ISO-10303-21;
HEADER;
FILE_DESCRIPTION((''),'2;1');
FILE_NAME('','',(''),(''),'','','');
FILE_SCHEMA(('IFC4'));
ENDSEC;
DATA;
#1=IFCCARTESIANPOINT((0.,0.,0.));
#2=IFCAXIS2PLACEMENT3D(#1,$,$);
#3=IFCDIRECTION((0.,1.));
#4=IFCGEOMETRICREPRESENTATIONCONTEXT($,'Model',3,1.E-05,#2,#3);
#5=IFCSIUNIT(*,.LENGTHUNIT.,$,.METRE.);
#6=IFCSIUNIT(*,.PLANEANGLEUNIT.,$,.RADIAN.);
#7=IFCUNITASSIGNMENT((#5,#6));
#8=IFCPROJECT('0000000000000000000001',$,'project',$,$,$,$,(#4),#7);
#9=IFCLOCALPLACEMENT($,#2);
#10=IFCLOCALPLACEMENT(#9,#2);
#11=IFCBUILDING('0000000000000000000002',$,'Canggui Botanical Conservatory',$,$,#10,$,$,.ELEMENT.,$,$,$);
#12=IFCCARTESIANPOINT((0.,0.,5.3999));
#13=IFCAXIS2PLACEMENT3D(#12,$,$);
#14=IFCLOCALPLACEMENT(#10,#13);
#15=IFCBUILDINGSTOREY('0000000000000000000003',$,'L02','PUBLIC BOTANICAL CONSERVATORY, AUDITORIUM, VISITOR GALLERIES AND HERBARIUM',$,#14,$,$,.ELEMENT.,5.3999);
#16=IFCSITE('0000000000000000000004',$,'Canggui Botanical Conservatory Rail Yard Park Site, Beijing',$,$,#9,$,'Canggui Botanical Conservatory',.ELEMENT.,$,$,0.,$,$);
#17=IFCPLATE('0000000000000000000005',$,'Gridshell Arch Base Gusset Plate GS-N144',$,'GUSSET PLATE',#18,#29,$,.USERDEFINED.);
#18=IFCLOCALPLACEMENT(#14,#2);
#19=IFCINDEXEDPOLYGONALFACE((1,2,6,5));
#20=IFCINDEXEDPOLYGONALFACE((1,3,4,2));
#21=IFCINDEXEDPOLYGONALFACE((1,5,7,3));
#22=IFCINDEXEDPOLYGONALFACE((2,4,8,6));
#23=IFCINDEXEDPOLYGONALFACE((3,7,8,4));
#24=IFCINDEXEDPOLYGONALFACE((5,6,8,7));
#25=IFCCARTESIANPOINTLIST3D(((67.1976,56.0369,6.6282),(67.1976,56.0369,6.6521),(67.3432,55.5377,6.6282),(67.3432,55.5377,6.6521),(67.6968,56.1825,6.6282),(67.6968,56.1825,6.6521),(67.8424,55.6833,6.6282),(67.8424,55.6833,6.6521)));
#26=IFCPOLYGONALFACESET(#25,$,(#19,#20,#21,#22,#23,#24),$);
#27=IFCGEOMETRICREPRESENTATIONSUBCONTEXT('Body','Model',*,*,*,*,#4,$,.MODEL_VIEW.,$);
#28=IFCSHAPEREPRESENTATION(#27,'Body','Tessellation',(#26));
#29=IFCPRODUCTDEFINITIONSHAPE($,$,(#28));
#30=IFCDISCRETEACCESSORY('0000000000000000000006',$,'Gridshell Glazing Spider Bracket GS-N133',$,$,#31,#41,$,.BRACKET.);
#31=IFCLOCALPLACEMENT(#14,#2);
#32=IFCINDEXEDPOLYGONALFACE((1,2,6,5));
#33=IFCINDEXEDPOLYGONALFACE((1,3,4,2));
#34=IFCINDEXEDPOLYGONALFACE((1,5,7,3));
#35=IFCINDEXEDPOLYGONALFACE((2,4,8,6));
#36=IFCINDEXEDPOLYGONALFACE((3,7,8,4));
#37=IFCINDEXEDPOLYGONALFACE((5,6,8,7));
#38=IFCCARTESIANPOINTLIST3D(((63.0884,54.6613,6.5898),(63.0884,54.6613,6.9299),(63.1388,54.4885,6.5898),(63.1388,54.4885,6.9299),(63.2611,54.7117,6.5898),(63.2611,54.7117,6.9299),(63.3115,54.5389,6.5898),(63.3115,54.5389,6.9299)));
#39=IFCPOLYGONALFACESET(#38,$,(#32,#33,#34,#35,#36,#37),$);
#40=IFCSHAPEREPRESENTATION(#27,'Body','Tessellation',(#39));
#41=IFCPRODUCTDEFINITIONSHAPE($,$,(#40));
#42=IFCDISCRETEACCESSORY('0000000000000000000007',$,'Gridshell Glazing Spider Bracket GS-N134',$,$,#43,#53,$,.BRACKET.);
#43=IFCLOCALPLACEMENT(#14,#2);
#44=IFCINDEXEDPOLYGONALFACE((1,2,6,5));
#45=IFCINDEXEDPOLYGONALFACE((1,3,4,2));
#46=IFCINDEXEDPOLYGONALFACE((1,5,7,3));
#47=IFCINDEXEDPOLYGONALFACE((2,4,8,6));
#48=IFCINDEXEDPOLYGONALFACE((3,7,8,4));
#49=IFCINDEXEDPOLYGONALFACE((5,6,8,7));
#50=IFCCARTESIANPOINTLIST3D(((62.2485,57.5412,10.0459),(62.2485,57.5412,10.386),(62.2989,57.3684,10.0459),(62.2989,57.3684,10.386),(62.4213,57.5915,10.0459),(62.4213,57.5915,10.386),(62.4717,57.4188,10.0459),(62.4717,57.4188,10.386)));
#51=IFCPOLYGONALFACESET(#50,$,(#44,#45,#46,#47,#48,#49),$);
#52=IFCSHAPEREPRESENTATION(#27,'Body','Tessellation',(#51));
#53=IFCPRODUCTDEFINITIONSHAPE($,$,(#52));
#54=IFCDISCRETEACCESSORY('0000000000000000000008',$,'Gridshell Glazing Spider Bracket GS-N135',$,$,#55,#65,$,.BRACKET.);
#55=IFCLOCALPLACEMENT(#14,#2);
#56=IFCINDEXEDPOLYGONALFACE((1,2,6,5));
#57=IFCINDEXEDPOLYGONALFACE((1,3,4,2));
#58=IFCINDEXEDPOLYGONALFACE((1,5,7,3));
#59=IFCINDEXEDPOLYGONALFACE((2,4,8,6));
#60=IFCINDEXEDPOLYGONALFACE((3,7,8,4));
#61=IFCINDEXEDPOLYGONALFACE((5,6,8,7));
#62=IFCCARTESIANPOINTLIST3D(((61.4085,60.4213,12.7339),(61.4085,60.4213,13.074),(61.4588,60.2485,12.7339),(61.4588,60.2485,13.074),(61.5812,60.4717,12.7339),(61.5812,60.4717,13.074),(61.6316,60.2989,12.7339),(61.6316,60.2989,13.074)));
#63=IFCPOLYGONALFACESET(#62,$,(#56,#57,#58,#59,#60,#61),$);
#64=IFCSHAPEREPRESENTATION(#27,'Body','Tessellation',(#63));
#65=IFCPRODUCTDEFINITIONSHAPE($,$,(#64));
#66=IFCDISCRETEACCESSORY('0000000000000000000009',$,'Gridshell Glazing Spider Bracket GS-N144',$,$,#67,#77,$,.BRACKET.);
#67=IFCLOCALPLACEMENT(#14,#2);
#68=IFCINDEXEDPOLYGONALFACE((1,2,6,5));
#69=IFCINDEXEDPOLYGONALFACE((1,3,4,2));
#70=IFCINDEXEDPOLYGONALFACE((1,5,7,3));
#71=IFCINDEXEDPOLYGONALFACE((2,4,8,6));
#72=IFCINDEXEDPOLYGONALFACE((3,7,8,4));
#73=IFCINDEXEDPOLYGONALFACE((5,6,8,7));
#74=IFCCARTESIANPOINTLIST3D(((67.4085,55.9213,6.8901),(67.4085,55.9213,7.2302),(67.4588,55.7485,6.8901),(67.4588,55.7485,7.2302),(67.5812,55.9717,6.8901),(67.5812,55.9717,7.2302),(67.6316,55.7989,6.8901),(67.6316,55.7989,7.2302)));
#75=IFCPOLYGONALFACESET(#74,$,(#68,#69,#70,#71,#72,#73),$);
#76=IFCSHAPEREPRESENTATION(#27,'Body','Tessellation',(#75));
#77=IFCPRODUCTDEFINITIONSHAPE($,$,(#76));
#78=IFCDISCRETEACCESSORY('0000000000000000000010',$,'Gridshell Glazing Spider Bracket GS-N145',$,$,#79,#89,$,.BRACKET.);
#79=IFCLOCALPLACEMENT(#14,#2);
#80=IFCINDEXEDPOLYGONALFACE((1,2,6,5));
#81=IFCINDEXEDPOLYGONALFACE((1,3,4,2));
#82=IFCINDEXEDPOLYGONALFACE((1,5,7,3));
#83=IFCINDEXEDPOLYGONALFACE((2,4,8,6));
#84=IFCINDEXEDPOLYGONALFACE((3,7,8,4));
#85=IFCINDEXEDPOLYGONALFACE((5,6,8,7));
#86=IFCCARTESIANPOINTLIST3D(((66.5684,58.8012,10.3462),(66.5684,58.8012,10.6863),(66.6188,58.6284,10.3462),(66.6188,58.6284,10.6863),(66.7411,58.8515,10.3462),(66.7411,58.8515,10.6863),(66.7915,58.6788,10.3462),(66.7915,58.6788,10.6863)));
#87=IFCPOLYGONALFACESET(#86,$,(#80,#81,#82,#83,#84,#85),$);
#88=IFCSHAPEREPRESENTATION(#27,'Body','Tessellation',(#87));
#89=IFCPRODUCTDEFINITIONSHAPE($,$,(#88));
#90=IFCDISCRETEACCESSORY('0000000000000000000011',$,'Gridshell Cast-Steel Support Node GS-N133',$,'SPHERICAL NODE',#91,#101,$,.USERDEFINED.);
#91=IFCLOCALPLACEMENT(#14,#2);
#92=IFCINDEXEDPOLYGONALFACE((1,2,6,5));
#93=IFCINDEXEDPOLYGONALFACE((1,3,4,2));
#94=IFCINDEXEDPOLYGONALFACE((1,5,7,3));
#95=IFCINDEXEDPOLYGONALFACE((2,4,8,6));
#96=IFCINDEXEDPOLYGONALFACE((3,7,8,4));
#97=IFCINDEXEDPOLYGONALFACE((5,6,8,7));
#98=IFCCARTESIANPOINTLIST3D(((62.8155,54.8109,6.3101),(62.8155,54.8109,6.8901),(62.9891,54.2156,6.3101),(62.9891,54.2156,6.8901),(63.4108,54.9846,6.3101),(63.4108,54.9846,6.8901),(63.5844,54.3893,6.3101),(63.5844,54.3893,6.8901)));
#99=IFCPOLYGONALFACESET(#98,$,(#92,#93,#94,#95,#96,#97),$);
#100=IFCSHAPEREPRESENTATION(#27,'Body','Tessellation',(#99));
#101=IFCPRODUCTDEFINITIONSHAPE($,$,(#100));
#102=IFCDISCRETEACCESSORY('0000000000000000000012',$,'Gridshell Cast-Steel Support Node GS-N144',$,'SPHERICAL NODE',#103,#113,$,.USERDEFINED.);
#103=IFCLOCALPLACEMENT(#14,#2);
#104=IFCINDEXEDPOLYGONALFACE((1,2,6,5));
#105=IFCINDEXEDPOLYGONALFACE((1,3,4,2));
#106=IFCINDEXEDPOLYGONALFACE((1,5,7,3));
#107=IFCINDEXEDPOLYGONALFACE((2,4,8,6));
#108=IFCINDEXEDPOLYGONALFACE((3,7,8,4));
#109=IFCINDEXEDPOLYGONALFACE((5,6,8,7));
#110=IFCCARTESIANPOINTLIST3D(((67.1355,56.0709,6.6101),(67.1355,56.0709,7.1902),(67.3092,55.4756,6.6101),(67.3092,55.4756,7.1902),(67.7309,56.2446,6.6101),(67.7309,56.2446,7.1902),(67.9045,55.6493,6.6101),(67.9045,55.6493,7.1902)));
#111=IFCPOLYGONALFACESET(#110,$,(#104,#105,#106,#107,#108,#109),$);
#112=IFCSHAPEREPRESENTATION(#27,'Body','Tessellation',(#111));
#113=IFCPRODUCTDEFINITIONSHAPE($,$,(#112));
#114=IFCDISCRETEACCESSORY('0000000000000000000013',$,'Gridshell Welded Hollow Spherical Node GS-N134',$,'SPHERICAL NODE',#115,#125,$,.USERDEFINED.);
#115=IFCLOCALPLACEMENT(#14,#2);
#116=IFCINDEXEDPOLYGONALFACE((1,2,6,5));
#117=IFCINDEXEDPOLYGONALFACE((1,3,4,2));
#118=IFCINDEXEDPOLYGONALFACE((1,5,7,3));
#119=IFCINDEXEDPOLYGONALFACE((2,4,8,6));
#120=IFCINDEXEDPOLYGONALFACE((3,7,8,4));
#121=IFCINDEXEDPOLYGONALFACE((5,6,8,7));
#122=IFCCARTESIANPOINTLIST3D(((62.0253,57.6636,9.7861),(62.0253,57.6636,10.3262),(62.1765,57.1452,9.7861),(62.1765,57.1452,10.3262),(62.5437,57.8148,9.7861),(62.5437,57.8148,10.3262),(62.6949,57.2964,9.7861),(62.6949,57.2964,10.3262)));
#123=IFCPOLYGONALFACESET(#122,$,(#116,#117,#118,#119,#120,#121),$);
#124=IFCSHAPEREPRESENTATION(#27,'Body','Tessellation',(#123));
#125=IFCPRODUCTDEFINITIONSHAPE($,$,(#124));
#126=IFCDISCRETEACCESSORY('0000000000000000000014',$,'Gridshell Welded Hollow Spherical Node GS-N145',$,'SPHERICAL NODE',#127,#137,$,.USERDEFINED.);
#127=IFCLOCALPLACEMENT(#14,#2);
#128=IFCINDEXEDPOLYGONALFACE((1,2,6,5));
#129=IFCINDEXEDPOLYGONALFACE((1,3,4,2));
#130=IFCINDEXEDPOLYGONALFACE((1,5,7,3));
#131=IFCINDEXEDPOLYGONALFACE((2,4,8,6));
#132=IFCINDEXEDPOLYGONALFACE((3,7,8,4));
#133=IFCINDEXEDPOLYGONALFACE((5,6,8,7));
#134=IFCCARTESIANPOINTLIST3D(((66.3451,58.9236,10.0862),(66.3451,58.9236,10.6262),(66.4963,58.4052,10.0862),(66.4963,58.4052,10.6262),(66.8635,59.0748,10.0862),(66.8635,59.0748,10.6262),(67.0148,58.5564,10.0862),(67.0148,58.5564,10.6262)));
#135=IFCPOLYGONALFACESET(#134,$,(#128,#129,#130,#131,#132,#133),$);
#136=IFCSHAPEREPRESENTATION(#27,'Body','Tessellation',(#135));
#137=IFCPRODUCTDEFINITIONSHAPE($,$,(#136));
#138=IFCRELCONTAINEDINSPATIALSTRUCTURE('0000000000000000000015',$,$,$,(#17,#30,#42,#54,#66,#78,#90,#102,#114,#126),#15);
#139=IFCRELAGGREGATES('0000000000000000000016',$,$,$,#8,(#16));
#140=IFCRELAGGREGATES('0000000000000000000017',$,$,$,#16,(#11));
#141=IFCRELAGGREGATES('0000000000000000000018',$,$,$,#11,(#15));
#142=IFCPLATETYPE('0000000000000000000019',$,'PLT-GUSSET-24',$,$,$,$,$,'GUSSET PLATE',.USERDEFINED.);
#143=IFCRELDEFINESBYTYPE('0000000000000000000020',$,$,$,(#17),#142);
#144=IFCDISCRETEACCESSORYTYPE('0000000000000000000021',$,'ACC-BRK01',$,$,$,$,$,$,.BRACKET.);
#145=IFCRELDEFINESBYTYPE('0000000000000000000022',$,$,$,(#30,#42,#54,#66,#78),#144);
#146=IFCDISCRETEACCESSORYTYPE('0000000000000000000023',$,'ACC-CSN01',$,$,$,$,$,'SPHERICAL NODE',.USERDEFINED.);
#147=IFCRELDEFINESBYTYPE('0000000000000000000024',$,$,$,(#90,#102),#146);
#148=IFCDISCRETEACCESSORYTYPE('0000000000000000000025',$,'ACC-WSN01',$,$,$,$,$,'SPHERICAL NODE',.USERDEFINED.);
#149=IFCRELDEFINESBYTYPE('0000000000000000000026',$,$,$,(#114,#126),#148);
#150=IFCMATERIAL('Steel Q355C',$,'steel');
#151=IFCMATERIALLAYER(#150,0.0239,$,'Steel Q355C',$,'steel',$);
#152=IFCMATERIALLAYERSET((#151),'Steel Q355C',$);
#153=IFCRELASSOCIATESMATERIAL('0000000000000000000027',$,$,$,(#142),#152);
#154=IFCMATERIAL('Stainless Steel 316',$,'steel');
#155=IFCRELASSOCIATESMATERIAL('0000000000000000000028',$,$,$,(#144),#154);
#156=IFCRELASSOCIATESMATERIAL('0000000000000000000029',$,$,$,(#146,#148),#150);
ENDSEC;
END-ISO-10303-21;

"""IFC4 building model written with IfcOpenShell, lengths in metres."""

from ifc_helpers import new_model, si_unit, direction, frame, origin, origin_2d, place, context, subcontext, project, spatial, rectangle, extrude, material, layer, layer_set, type_object, element, save


model = new_model("IFC4")

# Units and contexts
model_context = context("Model", 3, precision=1e-05, world=origin(), true_north=direction((0.0, 1.0)))
body_context = subcontext(model_context, "Body", "Model", "MODEL_VIEW")
ifc_project = project(units=[si_unit("LENGTHUNIT", "METRE"), si_unit("PLANEANGLEUNIT", "RADIAN")], contexts=[model_context])

# Site, building, storey
site_placement = place(None, origin())
site = spatial("IfcSite", under=ifc_project, at=site_placement, Name="Canggui Botanical Conservatory Rail Yard Park Site, Beijing", LongName="Canggui Botanical Conservatory", CompositionType="ELEMENT", RefElevation=0.0)
building_placement = place(site_placement, origin())
building = spatial("IfcBuilding", under=site, at=building_placement, Name="Canggui Botanical Conservatory", CompositionType="ELEMENT")
storey_placement = place(building_placement, frame((0.0, 0.0, 5.3999)))
storey = spatial("IfcBuildingStorey", under=building, at=storey_placement, Name="L02", Description="PUBLIC BOTANICAL CONSERVATORY, AUDITORIUM, VISITOR GALLERIES AND HERBARIUM", CompositionType="ELEMENT", Elevation=5.3999)

# Shared definitions
ifc_material_1 = material(Name="Steel Q355C", Category="steel")

# Plate
ifc_layer_1 = layer(ifc_material_1, 0.0239, Name="Steel Q355C", Category="steel")
ifc_layer_set_1 = layer_set([ifc_layer_1], Name="Steel Q355C")
plate_type_1 = type_object("IfcPlateType", Name="PLT-GUSSET-24", ElementType="GUSSET PLATE", PredefinedType="USERDEFINED", material=ifc_layer_set_1)
for number, where, z_axis, x_axis, name in (
    (1, (67.52, 55.8601, 6.6282), (0.0, 0.0, 1.0), (0.96, 0.28, 0.0), "Gridshell Arch Base Gusset Plate GS-N144"),
):
    element("IfcPlate", number, at=place(storey_placement, frame(where, z_axis=z_axis, x_axis=x_axis)), inside=storey, type_object=plate_type_1, Name=name, ObjectType="GUSSET PLATE", PredefinedType="USERDEFINED", context=body_context, shape_type="SweptSolid", body=[
        extrude(rectangle(XDim=0.52, YDim=0.52, at=origin_2d()), origin(), (0.0, 0.0, 1.0), 0.0239),
    ])

# Discrete accessories
ifc_material_2 = material(Name="Stainless Steel 316", Category="steel")
discrete_accessory_type_1 = type_object("IfcDiscreteAccessoryType", Name="ACC-BRK01", PredefinedType="BRACKET", material=ifc_material_2)
for number, where, z_axis, x_axis, name in (
    (2, (63.2, 54.6001, 6.5898), (0.0, 0.0, 1.0), (0.96, 0.28, 0.0), "Gridshell Glazing Spider Bracket GS-N133"),
    (3, (62.3601, 57.48, 10.0459), (0.0, 0.0, 1.0), (0.96, 0.28, 0.0), "Gridshell Glazing Spider Bracket GS-N134"),
    (4, (61.52, 60.3601, 12.7339), (0.0, 0.0, 1.0), (0.96, 0.28, 0.0), "Gridshell Glazing Spider Bracket GS-N135"),
    (5, (67.52, 55.8601, 6.8901), (0.0, 0.0, 1.0), (0.96, 0.28, 0.0), "Gridshell Glazing Spider Bracket GS-N144"),
    (6, (66.6799, 58.74, 10.3462), (0.0, 0.0, 1.0), (0.96, 0.28, 0.0), "Gridshell Glazing Spider Bracket GS-N145"),
):
    element("IfcDiscreteAccessory", number, at=place(storey_placement, frame(where, z_axis=z_axis, x_axis=x_axis)), inside=storey, type_object=discrete_accessory_type_1, Name=name, PredefinedType="BRACKET", context=body_context, shape_type="SweptSolid", body=[
        extrude(rectangle(XDim=0.1799, YDim=0.1799, at=origin_2d()), origin(), (0.0, 0.0, 1.0), 0.3401),
    ])
discrete_accessory_type_2 = type_object("IfcDiscreteAccessoryType", Name="ACC-CSN01", ElementType="SPHERICAL NODE", PredefinedType="USERDEFINED", material=ifc_material_1)
for number, where, z_axis, x_axis, name in (
    (7, (63.2, 54.6001, 6.3101), (0.0, 0.0, 1.0), (0.96, 0.28, 0.0), "Gridshell Cast-Steel Support Node GS-N133"),
    (8, (67.52, 55.8601, 6.6101), (0.0, 0.0, 1.0), (0.96, 0.28, 0.0), "Gridshell Cast-Steel Support Node GS-N144"),
):
    element("IfcDiscreteAccessory", number, at=place(storey_placement, frame(where, z_axis=z_axis, x_axis=x_axis)), inside=storey, type_object=discrete_accessory_type_2, Name=name, ObjectType="SPHERICAL NODE", PredefinedType="USERDEFINED", context=body_context, shape_type="SweptSolid", body=[
        extrude(rectangle(XDim=0.6201, YDim=0.6201, at=origin_2d()), origin(), (0.0, 0.0, 1.0), 0.5801),
    ])
discrete_accessory_type_3 = type_object("IfcDiscreteAccessoryType", Name="ACC-WSN01", ElementType="SPHERICAL NODE", PredefinedType="USERDEFINED", material=ifc_material_1)
for number, where, z_axis, x_axis, name in (
    (9, (62.3601, 57.48, 9.7861), (0.0, 0.0, 1.0), (0.96, 0.28, 0.0), "Gridshell Welded Hollow Spherical Node GS-N134"),
    (10, (66.6799, 58.74, 10.0862), (0.0, 0.0, 1.0), (0.96, 0.28, 0.0), "Gridshell Welded Hollow Spherical Node GS-N145"),
):
    element("IfcDiscreteAccessory", number, at=place(storey_placement, frame(where, z_axis=z_axis, x_axis=x_axis)), inside=storey, type_object=discrete_accessory_type_3, Name=name, ObjectType="SPHERICAL NODE", PredefinedType="USERDEFINED", context=body_context, shape_type="SweptSolid", body=[
        extrude(rectangle(XDim=0.54, YDim=0.54, at=origin_2d()), origin(), (0.0, 0.0, 1.0), 0.54),
    ])

save(model, "model.ifc")
